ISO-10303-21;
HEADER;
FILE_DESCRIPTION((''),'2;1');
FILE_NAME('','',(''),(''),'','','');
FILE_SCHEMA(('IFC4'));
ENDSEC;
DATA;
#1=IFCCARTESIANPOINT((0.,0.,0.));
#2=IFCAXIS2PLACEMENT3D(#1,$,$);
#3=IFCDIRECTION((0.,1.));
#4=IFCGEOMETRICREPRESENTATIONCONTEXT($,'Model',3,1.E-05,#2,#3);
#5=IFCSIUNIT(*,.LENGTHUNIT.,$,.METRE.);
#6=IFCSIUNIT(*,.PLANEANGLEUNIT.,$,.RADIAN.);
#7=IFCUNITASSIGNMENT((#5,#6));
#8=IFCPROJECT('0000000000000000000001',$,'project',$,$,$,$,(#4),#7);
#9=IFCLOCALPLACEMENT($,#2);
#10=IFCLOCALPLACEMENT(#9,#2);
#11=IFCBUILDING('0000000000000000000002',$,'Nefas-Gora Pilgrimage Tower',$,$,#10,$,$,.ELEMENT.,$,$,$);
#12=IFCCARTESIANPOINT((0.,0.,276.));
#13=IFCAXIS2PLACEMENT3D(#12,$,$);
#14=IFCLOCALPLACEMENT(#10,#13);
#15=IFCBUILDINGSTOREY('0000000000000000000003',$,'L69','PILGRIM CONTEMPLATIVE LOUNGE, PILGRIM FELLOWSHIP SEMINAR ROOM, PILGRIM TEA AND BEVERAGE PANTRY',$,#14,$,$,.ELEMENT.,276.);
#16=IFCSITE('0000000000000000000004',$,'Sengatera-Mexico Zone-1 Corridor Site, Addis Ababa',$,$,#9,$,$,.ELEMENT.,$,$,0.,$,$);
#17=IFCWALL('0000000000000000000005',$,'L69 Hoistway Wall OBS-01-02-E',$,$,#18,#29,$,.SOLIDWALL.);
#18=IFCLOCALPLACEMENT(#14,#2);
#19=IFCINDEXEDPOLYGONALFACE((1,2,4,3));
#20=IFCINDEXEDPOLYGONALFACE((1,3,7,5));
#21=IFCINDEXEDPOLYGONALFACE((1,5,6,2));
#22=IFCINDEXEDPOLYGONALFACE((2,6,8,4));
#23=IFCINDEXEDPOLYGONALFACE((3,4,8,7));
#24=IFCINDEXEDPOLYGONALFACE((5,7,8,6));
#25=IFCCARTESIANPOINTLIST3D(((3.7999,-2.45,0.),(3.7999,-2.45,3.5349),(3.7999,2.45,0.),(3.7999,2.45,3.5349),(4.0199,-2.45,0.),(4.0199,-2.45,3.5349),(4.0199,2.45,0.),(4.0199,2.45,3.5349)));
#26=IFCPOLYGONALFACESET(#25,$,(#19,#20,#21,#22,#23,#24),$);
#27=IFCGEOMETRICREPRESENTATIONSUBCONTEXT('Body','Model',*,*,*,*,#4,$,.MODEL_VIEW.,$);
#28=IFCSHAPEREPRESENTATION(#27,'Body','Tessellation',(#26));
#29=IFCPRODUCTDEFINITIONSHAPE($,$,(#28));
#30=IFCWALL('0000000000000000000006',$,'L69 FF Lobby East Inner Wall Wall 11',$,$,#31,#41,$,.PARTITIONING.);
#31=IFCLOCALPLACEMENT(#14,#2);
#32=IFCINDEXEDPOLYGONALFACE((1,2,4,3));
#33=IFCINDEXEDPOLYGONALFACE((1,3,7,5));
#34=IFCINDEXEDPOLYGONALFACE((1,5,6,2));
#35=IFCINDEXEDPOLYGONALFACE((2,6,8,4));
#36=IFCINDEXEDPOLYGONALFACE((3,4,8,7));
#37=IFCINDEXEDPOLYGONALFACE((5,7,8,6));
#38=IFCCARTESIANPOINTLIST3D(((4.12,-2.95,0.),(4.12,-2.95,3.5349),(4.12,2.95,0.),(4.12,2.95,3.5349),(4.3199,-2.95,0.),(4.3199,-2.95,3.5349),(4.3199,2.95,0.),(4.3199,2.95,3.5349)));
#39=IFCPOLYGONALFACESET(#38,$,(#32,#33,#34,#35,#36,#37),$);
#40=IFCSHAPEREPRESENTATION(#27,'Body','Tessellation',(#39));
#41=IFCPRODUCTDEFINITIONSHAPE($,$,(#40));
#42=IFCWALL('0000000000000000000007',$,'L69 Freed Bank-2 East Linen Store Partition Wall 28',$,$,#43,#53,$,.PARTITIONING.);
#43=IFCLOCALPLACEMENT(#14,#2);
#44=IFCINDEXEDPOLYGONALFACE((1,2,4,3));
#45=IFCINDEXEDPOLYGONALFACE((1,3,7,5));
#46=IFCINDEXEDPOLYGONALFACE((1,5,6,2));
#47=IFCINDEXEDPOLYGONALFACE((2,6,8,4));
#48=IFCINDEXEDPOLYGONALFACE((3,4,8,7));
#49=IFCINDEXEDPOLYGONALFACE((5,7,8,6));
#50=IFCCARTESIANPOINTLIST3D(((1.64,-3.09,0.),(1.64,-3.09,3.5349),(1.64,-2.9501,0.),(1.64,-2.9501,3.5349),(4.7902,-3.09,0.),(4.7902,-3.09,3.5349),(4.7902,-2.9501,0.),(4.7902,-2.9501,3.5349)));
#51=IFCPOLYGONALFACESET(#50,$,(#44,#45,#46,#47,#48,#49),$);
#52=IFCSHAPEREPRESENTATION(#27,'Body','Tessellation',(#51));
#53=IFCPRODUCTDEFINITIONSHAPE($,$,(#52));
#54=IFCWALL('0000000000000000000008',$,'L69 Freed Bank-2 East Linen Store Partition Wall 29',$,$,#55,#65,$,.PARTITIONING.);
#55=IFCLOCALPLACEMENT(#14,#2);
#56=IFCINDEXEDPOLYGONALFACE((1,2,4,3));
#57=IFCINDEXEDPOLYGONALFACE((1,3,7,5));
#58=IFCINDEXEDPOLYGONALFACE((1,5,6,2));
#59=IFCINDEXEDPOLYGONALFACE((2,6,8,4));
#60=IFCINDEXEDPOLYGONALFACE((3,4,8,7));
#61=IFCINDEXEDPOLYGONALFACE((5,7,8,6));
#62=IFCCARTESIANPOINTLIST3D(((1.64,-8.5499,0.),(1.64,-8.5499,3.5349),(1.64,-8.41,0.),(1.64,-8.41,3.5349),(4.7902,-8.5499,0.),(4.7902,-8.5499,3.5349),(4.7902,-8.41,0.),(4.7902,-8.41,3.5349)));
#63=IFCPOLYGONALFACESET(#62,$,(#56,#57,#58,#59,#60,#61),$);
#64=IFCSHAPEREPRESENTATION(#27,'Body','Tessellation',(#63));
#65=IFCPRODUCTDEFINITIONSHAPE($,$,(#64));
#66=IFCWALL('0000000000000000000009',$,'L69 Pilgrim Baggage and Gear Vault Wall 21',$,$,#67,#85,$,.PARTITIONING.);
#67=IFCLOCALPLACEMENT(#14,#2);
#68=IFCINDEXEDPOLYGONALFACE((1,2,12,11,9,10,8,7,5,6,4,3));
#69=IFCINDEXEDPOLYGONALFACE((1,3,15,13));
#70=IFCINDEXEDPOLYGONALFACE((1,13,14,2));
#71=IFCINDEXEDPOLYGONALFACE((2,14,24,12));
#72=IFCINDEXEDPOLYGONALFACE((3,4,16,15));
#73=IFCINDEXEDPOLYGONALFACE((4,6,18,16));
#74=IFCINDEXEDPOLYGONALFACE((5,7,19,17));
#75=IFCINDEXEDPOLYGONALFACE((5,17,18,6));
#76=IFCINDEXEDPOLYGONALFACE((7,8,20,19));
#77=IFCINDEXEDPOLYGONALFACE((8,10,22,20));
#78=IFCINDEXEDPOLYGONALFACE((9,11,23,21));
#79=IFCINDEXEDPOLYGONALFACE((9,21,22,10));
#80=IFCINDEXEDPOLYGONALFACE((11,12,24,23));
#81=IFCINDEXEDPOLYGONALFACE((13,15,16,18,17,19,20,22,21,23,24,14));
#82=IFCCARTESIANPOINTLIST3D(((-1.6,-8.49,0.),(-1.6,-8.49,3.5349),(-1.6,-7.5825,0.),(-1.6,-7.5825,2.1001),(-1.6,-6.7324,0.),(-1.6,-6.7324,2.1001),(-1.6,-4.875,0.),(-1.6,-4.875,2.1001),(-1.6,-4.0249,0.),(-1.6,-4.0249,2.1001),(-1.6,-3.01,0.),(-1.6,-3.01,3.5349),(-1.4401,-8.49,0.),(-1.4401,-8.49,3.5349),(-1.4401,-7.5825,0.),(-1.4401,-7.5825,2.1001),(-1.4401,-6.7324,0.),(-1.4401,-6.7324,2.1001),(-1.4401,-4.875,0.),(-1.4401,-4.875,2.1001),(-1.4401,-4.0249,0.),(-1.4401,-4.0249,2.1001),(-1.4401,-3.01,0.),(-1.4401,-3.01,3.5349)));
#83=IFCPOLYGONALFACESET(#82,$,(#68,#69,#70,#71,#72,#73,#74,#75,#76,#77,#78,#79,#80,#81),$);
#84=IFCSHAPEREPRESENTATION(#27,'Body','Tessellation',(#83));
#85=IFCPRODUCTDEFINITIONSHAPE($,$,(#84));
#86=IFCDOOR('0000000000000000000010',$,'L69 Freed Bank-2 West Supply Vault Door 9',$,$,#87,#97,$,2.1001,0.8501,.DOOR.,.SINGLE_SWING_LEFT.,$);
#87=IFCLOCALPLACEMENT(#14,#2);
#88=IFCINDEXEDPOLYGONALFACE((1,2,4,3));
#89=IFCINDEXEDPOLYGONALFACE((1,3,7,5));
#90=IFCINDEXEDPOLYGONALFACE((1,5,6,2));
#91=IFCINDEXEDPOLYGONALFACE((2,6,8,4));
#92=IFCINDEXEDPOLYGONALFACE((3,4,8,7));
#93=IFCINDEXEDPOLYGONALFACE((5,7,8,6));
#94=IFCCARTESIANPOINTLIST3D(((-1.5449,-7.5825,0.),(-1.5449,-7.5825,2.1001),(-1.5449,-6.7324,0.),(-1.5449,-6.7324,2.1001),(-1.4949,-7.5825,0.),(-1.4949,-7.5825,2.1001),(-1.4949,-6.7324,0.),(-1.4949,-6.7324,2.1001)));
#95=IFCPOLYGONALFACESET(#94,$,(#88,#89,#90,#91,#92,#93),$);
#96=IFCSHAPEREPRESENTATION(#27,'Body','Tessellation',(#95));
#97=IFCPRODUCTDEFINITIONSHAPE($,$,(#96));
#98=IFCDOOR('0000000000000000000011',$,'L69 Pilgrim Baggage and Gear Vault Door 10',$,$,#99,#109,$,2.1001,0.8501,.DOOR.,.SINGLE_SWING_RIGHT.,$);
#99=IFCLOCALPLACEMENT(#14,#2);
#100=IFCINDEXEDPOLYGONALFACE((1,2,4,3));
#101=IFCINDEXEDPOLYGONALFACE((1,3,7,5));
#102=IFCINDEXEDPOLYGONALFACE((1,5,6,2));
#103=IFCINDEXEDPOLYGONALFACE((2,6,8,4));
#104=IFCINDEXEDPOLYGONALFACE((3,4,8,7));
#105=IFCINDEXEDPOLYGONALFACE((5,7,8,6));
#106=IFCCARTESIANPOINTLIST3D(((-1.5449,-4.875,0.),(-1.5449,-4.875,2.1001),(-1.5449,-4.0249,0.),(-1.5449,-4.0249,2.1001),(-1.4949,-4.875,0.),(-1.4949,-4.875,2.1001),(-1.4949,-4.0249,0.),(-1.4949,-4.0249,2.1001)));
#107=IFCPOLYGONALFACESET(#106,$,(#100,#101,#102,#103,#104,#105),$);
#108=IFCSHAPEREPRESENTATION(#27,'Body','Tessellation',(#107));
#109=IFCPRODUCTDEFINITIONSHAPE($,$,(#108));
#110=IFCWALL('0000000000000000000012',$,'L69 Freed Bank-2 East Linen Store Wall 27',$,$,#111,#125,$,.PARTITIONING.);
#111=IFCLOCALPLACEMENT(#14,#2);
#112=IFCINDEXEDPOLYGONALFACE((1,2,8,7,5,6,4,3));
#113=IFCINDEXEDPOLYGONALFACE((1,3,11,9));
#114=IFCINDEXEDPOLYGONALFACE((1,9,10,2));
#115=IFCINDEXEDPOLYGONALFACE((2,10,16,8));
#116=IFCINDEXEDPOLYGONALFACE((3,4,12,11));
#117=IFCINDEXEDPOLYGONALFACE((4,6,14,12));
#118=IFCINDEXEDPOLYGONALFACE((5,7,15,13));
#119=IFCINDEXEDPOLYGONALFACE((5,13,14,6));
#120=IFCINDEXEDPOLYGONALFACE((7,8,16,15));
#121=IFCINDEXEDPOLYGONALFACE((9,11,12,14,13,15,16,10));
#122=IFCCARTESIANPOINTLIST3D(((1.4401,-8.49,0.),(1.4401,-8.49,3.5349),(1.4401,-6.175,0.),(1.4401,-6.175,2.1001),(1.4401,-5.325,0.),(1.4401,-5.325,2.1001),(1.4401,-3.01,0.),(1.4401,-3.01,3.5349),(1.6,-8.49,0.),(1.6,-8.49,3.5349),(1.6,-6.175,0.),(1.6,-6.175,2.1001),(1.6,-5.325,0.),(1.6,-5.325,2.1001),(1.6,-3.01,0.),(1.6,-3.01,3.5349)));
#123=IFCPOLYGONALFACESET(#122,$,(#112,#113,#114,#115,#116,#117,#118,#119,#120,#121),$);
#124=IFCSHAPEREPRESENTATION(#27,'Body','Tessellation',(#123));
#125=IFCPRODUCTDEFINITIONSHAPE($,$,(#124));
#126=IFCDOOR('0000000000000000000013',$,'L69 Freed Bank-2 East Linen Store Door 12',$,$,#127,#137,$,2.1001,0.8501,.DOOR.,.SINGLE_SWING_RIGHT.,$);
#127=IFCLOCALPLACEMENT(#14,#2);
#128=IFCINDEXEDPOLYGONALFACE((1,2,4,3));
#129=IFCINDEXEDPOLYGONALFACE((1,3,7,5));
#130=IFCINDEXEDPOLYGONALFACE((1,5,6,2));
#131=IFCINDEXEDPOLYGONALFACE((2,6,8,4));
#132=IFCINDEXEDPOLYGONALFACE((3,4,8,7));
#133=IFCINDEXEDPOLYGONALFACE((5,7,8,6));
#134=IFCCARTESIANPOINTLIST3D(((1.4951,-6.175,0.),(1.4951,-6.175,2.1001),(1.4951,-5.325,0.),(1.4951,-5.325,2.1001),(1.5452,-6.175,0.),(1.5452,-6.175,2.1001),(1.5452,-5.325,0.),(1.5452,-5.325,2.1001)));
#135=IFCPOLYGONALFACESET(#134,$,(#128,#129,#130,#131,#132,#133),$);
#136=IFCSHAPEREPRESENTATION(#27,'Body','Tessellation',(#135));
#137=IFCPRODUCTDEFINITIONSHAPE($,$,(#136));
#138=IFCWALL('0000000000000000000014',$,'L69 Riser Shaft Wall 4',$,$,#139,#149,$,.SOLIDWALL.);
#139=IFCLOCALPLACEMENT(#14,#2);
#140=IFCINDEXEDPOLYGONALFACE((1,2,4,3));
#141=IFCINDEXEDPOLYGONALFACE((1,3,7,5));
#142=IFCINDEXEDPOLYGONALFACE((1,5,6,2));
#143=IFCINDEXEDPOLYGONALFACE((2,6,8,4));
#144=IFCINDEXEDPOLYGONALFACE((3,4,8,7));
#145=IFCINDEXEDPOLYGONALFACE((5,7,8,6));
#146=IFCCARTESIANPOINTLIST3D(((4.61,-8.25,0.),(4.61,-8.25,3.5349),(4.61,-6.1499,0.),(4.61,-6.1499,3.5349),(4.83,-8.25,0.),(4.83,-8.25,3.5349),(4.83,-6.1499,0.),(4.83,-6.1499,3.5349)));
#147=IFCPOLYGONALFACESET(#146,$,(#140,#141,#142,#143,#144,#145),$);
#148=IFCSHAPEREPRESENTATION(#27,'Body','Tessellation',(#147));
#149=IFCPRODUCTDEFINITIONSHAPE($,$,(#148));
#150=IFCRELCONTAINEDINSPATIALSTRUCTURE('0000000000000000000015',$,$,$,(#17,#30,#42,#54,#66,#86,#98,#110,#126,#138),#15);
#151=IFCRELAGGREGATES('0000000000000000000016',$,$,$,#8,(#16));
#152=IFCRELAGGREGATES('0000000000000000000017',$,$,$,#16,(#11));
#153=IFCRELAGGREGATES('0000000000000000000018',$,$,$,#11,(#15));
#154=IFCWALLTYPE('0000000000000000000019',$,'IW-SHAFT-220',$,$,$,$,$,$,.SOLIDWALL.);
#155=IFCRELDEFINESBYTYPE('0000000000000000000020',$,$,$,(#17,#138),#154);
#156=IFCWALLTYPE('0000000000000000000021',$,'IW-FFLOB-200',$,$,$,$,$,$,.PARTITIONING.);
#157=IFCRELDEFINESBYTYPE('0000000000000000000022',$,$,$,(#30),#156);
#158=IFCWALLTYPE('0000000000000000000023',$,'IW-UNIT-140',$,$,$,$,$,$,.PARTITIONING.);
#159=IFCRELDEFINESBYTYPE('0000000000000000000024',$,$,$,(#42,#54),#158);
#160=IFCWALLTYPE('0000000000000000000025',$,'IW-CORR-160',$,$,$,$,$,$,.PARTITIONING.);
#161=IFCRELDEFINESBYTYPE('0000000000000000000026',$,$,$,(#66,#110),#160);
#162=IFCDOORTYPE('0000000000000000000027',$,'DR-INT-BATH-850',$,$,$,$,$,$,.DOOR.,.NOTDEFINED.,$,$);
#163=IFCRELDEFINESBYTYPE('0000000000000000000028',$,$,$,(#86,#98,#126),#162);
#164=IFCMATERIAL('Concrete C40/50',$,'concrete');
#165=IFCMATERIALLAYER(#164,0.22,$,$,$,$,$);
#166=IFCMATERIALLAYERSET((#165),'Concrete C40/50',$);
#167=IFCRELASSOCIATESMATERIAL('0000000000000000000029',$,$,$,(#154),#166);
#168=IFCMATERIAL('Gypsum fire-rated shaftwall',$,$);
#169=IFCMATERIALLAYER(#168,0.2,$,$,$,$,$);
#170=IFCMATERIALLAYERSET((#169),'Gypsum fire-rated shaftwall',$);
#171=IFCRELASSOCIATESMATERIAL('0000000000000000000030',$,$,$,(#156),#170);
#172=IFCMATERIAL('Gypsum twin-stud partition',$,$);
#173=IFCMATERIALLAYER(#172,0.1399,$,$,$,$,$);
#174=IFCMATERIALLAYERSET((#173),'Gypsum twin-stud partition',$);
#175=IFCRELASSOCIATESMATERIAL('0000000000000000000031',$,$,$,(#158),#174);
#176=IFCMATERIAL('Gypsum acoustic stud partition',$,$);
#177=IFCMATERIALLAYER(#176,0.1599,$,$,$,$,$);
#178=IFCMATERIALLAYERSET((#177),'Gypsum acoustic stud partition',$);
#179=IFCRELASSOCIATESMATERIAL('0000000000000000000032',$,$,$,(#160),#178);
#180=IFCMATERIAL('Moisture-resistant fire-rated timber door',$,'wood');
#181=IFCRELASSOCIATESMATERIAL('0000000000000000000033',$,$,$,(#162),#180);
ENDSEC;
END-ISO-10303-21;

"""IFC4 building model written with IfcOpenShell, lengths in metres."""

from ifc_helpers import new_model, si_unit, direction, frame, frame_2d, origin, place, context, subcontext, project, spatial, rectangle, extrude, source, transform, mapped, material, layer, layer_set, type_object, element, fill, save


model = new_model("IFC4")

# Units and contexts
model_context = context("Model", 3, precision=1e-05, world=origin(), true_north=direction((0.0, 1.0)))
body_context = subcontext(model_context, "Body", "Model", "MODEL_VIEW")
ifc_project = project(units=[si_unit("LENGTHUNIT", "METRE"), si_unit("PLANEANGLEUNIT", "RADIAN")], contexts=[model_context])

# Site, building, storey
site_placement = place(None, origin())
site = spatial("IfcSite", under=ifc_project, at=site_placement, Name="Sengatera-Mexico Zone-1 Corridor Site, Addis Ababa", CompositionType="ELEMENT", RefElevation=0.0)
building_placement = place(site_placement, origin())
building = spatial("IfcBuilding", under=site, at=building_placement, Name="Nefas-Gora Pilgrimage Tower", CompositionType="ELEMENT")
storey_placement = place(building_placement, frame((0.0, 0.0, 276.0)))
storey = spatial("IfcBuildingStorey", under=building, at=storey_placement, Name="L69", Description="PILGRIM CONTEMPLATIVE LOUNGE, PILGRIM FELLOWSHIP SEMINAR ROOM, PILGRIM TEA AND BEVERAGE PANTRY", CompositionType="ELEMENT", Elevation=276.0)

# Shared definitions
ifc_material_1 = material(Name="Concrete C40/50", Category="concrete")

# Shared definitions
ifc_layer_1 = layer(ifc_material_1, 0.22)
ifc_layer_set_1 = layer_set([ifc_layer_1], Name="Concrete C40/50")
wall_type_1 = type_object("IfcWallType", Name="IW-SHAFT-220", PredefinedType="SOLIDWALL", material=ifc_layer_set_1)

# Walls
shared_shape_1 = source(origin(), body_context, "Body", "SweptSolid", [
    extrude(rectangle(XDim=4.8999, YDim=0.22, at=frame_2d((2.45, 0.0))), origin(), (0.0, 0.0, 1.0), 3.5349),
])
wall_1_placement = place(storey_placement, frame((3.9099, -2.45, 0.0), z_axis=(0.0, 0.0, 1.0), x_axis=(0.0, 1.0, 0.0)))
element("IfcWall", 1, at=wall_1_placement, inside=storey, type_object=wall_type_1, Name="L69 Hoistway Wall OBS-01-02-E", PredefinedType="SOLIDWALL", context=body_context, shape_type="MappedRepresentation", body=[
    mapped(shared_shape_1, transform((0.0, 0.0, 0.0), x_axis=(1.0, 0.0, 0.0), y_axis=(0.0, 1.0, 0.0), z_axis=(0.0, 0.0, 1.0), scale=1.0)),
])
ifc_material_2 = material(Name="Gypsum fire-rated shaftwall")
ifc_layer_2 = layer(ifc_material_2, 0.2)
ifc_layer_set_2 = layer_set([ifc_layer_2], Name="Gypsum fire-rated shaftwall")
wall_type_2 = type_object("IfcWallType", Name="IW-FFLOB-200", PredefinedType="PARTITIONING", material=ifc_layer_set_2)
shared_shape_2 = source(origin(), body_context, "Body", "SweptSolid", [
    extrude(rectangle(XDim=5.8999, YDim=0.2, at=frame_2d((2.95, 0.0))), origin(), (0.0, 0.0, 1.0), 3.5349),
])
wall_2_placement = place(storey_placement, frame((4.22, -2.95, 0.0), z_axis=(0.0, 0.0, 1.0), x_axis=(0.0, 1.0, 0.0)))
element("IfcWall", 2, at=wall_2_placement, inside=storey, type_object=wall_type_2, Name="L69 FF Lobby East Inner Wall Wall 11", PredefinedType="PARTITIONING", context=body_context, shape_type="MappedRepresentation", body=[
    mapped(shared_shape_2, transform((0.0, 0.0, 0.0), x_axis=(1.0, 0.0, 0.0), y_axis=(0.0, 1.0, 0.0), z_axis=(0.0, 0.0, 1.0), scale=1.0)),
])
ifc_material_3 = material(Name="Gypsum twin-stud partition")
ifc_layer_3 = layer(ifc_material_3, 0.1399)
ifc_layer_set_3 = layer_set([ifc_layer_3], Name="Gypsum twin-stud partition")
wall_type_3 = type_object("IfcWallType", Name="IW-UNIT-140", PredefinedType="PARTITIONING", material=ifc_layer_set_3)
shared_shape_3 = source(origin(), body_context, "Body", "SweptSolid", [
    extrude(rectangle(XDim=3.1501, YDim=0.1399, at=frame_2d((1.5752, 0.0))), origin(), (0.0, 0.0, 1.0), 3.5349),
])
for number, where, z_axis, x_axis, name in (
    (3, (1.6399, -3.02, 0.0), (0.0, 0.0, 1.0), (1.0, 0.0, 0.0), "L69 Freed Bank-2 East Linen Store Partition Wall 28"),
    (4, (1.6399, -8.48, 0.0), (0.0, 0.0, 1.0), (1.0, 0.0, 0.0), "L69 Freed Bank-2 East Linen Store Partition Wall 29"),
):
    element("IfcWall", number, at=place(storey_placement, frame(where, z_axis=z_axis, x_axis=x_axis)), inside=storey, type_object=wall_type_3, Name=name, PredefinedType="PARTITIONING", context=body_context, shape_type="MappedRepresentation", body=[
        mapped(shared_shape_3, transform((0.0, 0.0, 0.0), x_axis=(1.0, 0.0, 0.0), y_axis=(0.0, 1.0, 0.0), z_axis=(0.0, 0.0, 1.0), scale=1.0)),
    ])

# Wall, openings, doors
ifc_material_4 = material(Name="Gypsum acoustic stud partition")
ifc_layer_4 = layer(ifc_material_4, 0.1599)
ifc_layer_set_4 = layer_set([ifc_layer_4], Name="Gypsum acoustic stud partition")
wall_type_4 = type_object("IfcWallType", Name="IW-CORR-160", PredefinedType="PARTITIONING", material=ifc_layer_set_4)
shared_shape_4 = source(origin(), body_context, "Body", "SweptSolid", [
    extrude(rectangle(XDim=5.48, YDim=0.1599, at=frame_2d((2.74, 0.0))), origin(), (0.0, 0.0, 1.0), 3.5349),
])
wall_3_placement = place(storey_placement, frame((-1.52, -8.49, 0.0), z_axis=(0.0, 0.0, 1.0), x_axis=(0.0, 1.0, 0.0)))
wall_3 = element("IfcWall", 5, at=wall_3_placement, inside=storey, type_object=wall_type_4, Name="L69 Pilgrim Baggage and Gear Vault Wall 21", PredefinedType="PARTITIONING", context=body_context, shape_type="MappedRepresentation", body=[
    mapped(shared_shape_4, transform((0.0, 0.0, 0.0), x_axis=(1.0, 0.0, 0.0), y_axis=(0.0, 1.0, 0.0), z_axis=(0.0, 0.0, 1.0), scale=1.0)),
])
opening_1_placement = place(wall_3_placement, frame((0.9075, 0.0, 0.0)))
opening_1 = element("IfcOpeningElement", 6, at=opening_1_placement, cuts=wall_3, PredefinedType="OPENING", context=body_context, shape_type="SweptSolid", body=[
    extrude(rectangle(XDim=0.8501, YDim=2.1001, at=frame_2d((0.425, 1.05))), frame((0.0, 0.0898, 0.0), z_axis=(0.0, -1.0, 0.0), x_axis=(1.0, 0.0, 0.0)), (0.0, 0.0, 1.0), 0.1799),
])
opening_2_placement = place(wall_3_placement, frame((3.615, 0.0, 0.0)))
opening_2 = element("IfcOpeningElement", 7, at=opening_2_placement, cuts=wall_3, PredefinedType="OPENING", context=body_context, shape_type="SweptSolid", body=[
    extrude(rectangle(XDim=0.8501, YDim=2.1001, at=frame_2d((0.425, 1.05))), frame((0.0, 0.0898, 0.0), z_axis=(0.0, -1.0, 0.0), x_axis=(1.0, 0.0, 0.0)), (0.0, 0.0, 1.0), 0.1799),
])
ifc_material_5 = material(Name="Moisture-resistant fire-rated timber door", Category="wood")
door_type_1 = type_object("IfcDoorType", Name="DR-INT-BATH-850", OperationType="NOTDEFINED", PredefinedType="DOOR", material=ifc_material_5)
shared_shape_5 = source(origin(), body_context, "Body", "SweptSolid", [
    extrude(rectangle(XDim=0.8501, YDim=2.1001, at=frame_2d((0.425, 1.05))), frame((0.0, 0.0249, 0.0), z_axis=(0.0, -1.0, 0.0), x_axis=(1.0, 0.0, 0.0)), (0.0, 0.0, 1.0), 0.05),
])
door_1_placement = place(opening_1_placement, origin())
door_1 = element("IfcDoor", 8, at=door_1_placement, inside=storey, type_object=door_type_1, Name="L69 Freed Bank-2 West Supply Vault Door 9", OperationType="SINGLE_SWING_LEFT", OverallHeight=2.1001, OverallWidth=0.8501, PredefinedType="DOOR", context=body_context, shape_type="MappedRepresentation", body=[
    mapped(shared_shape_5, transform((0.0, 0.0, 0.0), x_axis=(1.0, 0.0, 0.0), y_axis=(0.0, 1.0, 0.0), z_axis=(0.0, 0.0, 1.0), scale=1.0)),
])
fill(opening_1, door_1)
door_2_placement = place(opening_2_placement, origin())
door_2 = element("IfcDoor", 9, at=door_2_placement, inside=storey, type_object=door_type_1, Name="L69 Pilgrim Baggage and Gear Vault Door 10", OperationType="SINGLE_SWING_RIGHT", OverallHeight=2.1001, OverallWidth=0.8501, PredefinedType="DOOR", context=body_context, shape_type="MappedRepresentation", body=[
    mapped(shared_shape_5, transform((0.0, 0.0, 0.0), x_axis=(1.0, 0.0, 0.0), y_axis=(0.0, 1.0, 0.0), z_axis=(0.0, 0.0, 1.0), scale=1.0)),
])
fill(opening_2, door_2)

# Wall, opening, door
wall_4_placement = place(storey_placement, frame((1.52, -8.49, 0.0), z_axis=(0.0, 0.0, 1.0), x_axis=(0.0, 1.0, 0.0)))
wall_4 = element("IfcWall", 10, at=wall_4_placement, inside=storey, type_object=wall_type_4, Name="L69 Freed Bank-2 East Linen Store Wall 27", PredefinedType="PARTITIONING", context=body_context, shape_type="MappedRepresentation", body=[
    mapped(shared_shape_4, transform((0.0, 0.0, 0.0), x_axis=(1.0, 0.0, 0.0), y_axis=(0.0, 1.0, 0.0), z_axis=(0.0, 0.0, 1.0), scale=1.0)),
])
opening_3_placement = place(wall_4_placement, frame((2.3149, 0.0, 0.0)))
opening_3 = element("IfcOpeningElement", 11, at=opening_3_placement, cuts=wall_4, PredefinedType="OPENING", context=body_context, shape_type="SweptSolid", body=[
    extrude(rectangle(XDim=0.8501, YDim=2.1001, at=frame_2d((0.425, 1.05))), frame((0.0, 0.0898, 0.0), z_axis=(0.0, -1.0, 0.0), x_axis=(1.0, 0.0, 0.0)), (0.0, 0.0, 1.0), 0.1799),
])
door_3_placement = place(opening_3_placement, origin())
door_3 = element("IfcDoor", 12, at=door_3_placement, inside=storey, type_object=door_type_1, Name="L69 Freed Bank-2 East Linen Store Door 12", OperationType="SINGLE_SWING_RIGHT", OverallHeight=2.1001, OverallWidth=0.8501, PredefinedType="DOOR", context=body_context, shape_type="MappedRepresentation", body=[
    mapped(shared_shape_5, transform((0.0, 0.0, 0.0), x_axis=(1.0, 0.0, 0.0), y_axis=(0.0, 1.0, 0.0), z_axis=(0.0, 0.0, 1.0), scale=1.0)),
])
fill(opening_3, door_3)

# Wall
shared_shape_6 = source(origin(), body_context, "Body", "SweptSolid", [
    extrude(rectangle(XDim=2.1001, YDim=0.22, at=frame_2d((1.05, 0.0))), origin(), (0.0, 0.0, 1.0), 3.5349),
])
wall_5_placement = place(storey_placement, frame((4.72, -8.25, 0.0), z_axis=(0.0, 0.0, 1.0), x_axis=(0.0, 1.0, 0.0)))
element("IfcWall", 13, at=wall_5_placement, inside=storey, type_object=wall_type_1, Name="L69 Riser Shaft Wall 4", PredefinedType="SOLIDWALL", context=body_context, shape_type="MappedRepresentation", body=[
    mapped(shared_shape_6, transform((0.0, 0.0, 0.0), x_axis=(1.0, 0.0, 0.0), y_axis=(0.0, 1.0, 0.0), z_axis=(0.0, 0.0, 1.0), scale=1.0)),
])

save(model, "model.ifc")
